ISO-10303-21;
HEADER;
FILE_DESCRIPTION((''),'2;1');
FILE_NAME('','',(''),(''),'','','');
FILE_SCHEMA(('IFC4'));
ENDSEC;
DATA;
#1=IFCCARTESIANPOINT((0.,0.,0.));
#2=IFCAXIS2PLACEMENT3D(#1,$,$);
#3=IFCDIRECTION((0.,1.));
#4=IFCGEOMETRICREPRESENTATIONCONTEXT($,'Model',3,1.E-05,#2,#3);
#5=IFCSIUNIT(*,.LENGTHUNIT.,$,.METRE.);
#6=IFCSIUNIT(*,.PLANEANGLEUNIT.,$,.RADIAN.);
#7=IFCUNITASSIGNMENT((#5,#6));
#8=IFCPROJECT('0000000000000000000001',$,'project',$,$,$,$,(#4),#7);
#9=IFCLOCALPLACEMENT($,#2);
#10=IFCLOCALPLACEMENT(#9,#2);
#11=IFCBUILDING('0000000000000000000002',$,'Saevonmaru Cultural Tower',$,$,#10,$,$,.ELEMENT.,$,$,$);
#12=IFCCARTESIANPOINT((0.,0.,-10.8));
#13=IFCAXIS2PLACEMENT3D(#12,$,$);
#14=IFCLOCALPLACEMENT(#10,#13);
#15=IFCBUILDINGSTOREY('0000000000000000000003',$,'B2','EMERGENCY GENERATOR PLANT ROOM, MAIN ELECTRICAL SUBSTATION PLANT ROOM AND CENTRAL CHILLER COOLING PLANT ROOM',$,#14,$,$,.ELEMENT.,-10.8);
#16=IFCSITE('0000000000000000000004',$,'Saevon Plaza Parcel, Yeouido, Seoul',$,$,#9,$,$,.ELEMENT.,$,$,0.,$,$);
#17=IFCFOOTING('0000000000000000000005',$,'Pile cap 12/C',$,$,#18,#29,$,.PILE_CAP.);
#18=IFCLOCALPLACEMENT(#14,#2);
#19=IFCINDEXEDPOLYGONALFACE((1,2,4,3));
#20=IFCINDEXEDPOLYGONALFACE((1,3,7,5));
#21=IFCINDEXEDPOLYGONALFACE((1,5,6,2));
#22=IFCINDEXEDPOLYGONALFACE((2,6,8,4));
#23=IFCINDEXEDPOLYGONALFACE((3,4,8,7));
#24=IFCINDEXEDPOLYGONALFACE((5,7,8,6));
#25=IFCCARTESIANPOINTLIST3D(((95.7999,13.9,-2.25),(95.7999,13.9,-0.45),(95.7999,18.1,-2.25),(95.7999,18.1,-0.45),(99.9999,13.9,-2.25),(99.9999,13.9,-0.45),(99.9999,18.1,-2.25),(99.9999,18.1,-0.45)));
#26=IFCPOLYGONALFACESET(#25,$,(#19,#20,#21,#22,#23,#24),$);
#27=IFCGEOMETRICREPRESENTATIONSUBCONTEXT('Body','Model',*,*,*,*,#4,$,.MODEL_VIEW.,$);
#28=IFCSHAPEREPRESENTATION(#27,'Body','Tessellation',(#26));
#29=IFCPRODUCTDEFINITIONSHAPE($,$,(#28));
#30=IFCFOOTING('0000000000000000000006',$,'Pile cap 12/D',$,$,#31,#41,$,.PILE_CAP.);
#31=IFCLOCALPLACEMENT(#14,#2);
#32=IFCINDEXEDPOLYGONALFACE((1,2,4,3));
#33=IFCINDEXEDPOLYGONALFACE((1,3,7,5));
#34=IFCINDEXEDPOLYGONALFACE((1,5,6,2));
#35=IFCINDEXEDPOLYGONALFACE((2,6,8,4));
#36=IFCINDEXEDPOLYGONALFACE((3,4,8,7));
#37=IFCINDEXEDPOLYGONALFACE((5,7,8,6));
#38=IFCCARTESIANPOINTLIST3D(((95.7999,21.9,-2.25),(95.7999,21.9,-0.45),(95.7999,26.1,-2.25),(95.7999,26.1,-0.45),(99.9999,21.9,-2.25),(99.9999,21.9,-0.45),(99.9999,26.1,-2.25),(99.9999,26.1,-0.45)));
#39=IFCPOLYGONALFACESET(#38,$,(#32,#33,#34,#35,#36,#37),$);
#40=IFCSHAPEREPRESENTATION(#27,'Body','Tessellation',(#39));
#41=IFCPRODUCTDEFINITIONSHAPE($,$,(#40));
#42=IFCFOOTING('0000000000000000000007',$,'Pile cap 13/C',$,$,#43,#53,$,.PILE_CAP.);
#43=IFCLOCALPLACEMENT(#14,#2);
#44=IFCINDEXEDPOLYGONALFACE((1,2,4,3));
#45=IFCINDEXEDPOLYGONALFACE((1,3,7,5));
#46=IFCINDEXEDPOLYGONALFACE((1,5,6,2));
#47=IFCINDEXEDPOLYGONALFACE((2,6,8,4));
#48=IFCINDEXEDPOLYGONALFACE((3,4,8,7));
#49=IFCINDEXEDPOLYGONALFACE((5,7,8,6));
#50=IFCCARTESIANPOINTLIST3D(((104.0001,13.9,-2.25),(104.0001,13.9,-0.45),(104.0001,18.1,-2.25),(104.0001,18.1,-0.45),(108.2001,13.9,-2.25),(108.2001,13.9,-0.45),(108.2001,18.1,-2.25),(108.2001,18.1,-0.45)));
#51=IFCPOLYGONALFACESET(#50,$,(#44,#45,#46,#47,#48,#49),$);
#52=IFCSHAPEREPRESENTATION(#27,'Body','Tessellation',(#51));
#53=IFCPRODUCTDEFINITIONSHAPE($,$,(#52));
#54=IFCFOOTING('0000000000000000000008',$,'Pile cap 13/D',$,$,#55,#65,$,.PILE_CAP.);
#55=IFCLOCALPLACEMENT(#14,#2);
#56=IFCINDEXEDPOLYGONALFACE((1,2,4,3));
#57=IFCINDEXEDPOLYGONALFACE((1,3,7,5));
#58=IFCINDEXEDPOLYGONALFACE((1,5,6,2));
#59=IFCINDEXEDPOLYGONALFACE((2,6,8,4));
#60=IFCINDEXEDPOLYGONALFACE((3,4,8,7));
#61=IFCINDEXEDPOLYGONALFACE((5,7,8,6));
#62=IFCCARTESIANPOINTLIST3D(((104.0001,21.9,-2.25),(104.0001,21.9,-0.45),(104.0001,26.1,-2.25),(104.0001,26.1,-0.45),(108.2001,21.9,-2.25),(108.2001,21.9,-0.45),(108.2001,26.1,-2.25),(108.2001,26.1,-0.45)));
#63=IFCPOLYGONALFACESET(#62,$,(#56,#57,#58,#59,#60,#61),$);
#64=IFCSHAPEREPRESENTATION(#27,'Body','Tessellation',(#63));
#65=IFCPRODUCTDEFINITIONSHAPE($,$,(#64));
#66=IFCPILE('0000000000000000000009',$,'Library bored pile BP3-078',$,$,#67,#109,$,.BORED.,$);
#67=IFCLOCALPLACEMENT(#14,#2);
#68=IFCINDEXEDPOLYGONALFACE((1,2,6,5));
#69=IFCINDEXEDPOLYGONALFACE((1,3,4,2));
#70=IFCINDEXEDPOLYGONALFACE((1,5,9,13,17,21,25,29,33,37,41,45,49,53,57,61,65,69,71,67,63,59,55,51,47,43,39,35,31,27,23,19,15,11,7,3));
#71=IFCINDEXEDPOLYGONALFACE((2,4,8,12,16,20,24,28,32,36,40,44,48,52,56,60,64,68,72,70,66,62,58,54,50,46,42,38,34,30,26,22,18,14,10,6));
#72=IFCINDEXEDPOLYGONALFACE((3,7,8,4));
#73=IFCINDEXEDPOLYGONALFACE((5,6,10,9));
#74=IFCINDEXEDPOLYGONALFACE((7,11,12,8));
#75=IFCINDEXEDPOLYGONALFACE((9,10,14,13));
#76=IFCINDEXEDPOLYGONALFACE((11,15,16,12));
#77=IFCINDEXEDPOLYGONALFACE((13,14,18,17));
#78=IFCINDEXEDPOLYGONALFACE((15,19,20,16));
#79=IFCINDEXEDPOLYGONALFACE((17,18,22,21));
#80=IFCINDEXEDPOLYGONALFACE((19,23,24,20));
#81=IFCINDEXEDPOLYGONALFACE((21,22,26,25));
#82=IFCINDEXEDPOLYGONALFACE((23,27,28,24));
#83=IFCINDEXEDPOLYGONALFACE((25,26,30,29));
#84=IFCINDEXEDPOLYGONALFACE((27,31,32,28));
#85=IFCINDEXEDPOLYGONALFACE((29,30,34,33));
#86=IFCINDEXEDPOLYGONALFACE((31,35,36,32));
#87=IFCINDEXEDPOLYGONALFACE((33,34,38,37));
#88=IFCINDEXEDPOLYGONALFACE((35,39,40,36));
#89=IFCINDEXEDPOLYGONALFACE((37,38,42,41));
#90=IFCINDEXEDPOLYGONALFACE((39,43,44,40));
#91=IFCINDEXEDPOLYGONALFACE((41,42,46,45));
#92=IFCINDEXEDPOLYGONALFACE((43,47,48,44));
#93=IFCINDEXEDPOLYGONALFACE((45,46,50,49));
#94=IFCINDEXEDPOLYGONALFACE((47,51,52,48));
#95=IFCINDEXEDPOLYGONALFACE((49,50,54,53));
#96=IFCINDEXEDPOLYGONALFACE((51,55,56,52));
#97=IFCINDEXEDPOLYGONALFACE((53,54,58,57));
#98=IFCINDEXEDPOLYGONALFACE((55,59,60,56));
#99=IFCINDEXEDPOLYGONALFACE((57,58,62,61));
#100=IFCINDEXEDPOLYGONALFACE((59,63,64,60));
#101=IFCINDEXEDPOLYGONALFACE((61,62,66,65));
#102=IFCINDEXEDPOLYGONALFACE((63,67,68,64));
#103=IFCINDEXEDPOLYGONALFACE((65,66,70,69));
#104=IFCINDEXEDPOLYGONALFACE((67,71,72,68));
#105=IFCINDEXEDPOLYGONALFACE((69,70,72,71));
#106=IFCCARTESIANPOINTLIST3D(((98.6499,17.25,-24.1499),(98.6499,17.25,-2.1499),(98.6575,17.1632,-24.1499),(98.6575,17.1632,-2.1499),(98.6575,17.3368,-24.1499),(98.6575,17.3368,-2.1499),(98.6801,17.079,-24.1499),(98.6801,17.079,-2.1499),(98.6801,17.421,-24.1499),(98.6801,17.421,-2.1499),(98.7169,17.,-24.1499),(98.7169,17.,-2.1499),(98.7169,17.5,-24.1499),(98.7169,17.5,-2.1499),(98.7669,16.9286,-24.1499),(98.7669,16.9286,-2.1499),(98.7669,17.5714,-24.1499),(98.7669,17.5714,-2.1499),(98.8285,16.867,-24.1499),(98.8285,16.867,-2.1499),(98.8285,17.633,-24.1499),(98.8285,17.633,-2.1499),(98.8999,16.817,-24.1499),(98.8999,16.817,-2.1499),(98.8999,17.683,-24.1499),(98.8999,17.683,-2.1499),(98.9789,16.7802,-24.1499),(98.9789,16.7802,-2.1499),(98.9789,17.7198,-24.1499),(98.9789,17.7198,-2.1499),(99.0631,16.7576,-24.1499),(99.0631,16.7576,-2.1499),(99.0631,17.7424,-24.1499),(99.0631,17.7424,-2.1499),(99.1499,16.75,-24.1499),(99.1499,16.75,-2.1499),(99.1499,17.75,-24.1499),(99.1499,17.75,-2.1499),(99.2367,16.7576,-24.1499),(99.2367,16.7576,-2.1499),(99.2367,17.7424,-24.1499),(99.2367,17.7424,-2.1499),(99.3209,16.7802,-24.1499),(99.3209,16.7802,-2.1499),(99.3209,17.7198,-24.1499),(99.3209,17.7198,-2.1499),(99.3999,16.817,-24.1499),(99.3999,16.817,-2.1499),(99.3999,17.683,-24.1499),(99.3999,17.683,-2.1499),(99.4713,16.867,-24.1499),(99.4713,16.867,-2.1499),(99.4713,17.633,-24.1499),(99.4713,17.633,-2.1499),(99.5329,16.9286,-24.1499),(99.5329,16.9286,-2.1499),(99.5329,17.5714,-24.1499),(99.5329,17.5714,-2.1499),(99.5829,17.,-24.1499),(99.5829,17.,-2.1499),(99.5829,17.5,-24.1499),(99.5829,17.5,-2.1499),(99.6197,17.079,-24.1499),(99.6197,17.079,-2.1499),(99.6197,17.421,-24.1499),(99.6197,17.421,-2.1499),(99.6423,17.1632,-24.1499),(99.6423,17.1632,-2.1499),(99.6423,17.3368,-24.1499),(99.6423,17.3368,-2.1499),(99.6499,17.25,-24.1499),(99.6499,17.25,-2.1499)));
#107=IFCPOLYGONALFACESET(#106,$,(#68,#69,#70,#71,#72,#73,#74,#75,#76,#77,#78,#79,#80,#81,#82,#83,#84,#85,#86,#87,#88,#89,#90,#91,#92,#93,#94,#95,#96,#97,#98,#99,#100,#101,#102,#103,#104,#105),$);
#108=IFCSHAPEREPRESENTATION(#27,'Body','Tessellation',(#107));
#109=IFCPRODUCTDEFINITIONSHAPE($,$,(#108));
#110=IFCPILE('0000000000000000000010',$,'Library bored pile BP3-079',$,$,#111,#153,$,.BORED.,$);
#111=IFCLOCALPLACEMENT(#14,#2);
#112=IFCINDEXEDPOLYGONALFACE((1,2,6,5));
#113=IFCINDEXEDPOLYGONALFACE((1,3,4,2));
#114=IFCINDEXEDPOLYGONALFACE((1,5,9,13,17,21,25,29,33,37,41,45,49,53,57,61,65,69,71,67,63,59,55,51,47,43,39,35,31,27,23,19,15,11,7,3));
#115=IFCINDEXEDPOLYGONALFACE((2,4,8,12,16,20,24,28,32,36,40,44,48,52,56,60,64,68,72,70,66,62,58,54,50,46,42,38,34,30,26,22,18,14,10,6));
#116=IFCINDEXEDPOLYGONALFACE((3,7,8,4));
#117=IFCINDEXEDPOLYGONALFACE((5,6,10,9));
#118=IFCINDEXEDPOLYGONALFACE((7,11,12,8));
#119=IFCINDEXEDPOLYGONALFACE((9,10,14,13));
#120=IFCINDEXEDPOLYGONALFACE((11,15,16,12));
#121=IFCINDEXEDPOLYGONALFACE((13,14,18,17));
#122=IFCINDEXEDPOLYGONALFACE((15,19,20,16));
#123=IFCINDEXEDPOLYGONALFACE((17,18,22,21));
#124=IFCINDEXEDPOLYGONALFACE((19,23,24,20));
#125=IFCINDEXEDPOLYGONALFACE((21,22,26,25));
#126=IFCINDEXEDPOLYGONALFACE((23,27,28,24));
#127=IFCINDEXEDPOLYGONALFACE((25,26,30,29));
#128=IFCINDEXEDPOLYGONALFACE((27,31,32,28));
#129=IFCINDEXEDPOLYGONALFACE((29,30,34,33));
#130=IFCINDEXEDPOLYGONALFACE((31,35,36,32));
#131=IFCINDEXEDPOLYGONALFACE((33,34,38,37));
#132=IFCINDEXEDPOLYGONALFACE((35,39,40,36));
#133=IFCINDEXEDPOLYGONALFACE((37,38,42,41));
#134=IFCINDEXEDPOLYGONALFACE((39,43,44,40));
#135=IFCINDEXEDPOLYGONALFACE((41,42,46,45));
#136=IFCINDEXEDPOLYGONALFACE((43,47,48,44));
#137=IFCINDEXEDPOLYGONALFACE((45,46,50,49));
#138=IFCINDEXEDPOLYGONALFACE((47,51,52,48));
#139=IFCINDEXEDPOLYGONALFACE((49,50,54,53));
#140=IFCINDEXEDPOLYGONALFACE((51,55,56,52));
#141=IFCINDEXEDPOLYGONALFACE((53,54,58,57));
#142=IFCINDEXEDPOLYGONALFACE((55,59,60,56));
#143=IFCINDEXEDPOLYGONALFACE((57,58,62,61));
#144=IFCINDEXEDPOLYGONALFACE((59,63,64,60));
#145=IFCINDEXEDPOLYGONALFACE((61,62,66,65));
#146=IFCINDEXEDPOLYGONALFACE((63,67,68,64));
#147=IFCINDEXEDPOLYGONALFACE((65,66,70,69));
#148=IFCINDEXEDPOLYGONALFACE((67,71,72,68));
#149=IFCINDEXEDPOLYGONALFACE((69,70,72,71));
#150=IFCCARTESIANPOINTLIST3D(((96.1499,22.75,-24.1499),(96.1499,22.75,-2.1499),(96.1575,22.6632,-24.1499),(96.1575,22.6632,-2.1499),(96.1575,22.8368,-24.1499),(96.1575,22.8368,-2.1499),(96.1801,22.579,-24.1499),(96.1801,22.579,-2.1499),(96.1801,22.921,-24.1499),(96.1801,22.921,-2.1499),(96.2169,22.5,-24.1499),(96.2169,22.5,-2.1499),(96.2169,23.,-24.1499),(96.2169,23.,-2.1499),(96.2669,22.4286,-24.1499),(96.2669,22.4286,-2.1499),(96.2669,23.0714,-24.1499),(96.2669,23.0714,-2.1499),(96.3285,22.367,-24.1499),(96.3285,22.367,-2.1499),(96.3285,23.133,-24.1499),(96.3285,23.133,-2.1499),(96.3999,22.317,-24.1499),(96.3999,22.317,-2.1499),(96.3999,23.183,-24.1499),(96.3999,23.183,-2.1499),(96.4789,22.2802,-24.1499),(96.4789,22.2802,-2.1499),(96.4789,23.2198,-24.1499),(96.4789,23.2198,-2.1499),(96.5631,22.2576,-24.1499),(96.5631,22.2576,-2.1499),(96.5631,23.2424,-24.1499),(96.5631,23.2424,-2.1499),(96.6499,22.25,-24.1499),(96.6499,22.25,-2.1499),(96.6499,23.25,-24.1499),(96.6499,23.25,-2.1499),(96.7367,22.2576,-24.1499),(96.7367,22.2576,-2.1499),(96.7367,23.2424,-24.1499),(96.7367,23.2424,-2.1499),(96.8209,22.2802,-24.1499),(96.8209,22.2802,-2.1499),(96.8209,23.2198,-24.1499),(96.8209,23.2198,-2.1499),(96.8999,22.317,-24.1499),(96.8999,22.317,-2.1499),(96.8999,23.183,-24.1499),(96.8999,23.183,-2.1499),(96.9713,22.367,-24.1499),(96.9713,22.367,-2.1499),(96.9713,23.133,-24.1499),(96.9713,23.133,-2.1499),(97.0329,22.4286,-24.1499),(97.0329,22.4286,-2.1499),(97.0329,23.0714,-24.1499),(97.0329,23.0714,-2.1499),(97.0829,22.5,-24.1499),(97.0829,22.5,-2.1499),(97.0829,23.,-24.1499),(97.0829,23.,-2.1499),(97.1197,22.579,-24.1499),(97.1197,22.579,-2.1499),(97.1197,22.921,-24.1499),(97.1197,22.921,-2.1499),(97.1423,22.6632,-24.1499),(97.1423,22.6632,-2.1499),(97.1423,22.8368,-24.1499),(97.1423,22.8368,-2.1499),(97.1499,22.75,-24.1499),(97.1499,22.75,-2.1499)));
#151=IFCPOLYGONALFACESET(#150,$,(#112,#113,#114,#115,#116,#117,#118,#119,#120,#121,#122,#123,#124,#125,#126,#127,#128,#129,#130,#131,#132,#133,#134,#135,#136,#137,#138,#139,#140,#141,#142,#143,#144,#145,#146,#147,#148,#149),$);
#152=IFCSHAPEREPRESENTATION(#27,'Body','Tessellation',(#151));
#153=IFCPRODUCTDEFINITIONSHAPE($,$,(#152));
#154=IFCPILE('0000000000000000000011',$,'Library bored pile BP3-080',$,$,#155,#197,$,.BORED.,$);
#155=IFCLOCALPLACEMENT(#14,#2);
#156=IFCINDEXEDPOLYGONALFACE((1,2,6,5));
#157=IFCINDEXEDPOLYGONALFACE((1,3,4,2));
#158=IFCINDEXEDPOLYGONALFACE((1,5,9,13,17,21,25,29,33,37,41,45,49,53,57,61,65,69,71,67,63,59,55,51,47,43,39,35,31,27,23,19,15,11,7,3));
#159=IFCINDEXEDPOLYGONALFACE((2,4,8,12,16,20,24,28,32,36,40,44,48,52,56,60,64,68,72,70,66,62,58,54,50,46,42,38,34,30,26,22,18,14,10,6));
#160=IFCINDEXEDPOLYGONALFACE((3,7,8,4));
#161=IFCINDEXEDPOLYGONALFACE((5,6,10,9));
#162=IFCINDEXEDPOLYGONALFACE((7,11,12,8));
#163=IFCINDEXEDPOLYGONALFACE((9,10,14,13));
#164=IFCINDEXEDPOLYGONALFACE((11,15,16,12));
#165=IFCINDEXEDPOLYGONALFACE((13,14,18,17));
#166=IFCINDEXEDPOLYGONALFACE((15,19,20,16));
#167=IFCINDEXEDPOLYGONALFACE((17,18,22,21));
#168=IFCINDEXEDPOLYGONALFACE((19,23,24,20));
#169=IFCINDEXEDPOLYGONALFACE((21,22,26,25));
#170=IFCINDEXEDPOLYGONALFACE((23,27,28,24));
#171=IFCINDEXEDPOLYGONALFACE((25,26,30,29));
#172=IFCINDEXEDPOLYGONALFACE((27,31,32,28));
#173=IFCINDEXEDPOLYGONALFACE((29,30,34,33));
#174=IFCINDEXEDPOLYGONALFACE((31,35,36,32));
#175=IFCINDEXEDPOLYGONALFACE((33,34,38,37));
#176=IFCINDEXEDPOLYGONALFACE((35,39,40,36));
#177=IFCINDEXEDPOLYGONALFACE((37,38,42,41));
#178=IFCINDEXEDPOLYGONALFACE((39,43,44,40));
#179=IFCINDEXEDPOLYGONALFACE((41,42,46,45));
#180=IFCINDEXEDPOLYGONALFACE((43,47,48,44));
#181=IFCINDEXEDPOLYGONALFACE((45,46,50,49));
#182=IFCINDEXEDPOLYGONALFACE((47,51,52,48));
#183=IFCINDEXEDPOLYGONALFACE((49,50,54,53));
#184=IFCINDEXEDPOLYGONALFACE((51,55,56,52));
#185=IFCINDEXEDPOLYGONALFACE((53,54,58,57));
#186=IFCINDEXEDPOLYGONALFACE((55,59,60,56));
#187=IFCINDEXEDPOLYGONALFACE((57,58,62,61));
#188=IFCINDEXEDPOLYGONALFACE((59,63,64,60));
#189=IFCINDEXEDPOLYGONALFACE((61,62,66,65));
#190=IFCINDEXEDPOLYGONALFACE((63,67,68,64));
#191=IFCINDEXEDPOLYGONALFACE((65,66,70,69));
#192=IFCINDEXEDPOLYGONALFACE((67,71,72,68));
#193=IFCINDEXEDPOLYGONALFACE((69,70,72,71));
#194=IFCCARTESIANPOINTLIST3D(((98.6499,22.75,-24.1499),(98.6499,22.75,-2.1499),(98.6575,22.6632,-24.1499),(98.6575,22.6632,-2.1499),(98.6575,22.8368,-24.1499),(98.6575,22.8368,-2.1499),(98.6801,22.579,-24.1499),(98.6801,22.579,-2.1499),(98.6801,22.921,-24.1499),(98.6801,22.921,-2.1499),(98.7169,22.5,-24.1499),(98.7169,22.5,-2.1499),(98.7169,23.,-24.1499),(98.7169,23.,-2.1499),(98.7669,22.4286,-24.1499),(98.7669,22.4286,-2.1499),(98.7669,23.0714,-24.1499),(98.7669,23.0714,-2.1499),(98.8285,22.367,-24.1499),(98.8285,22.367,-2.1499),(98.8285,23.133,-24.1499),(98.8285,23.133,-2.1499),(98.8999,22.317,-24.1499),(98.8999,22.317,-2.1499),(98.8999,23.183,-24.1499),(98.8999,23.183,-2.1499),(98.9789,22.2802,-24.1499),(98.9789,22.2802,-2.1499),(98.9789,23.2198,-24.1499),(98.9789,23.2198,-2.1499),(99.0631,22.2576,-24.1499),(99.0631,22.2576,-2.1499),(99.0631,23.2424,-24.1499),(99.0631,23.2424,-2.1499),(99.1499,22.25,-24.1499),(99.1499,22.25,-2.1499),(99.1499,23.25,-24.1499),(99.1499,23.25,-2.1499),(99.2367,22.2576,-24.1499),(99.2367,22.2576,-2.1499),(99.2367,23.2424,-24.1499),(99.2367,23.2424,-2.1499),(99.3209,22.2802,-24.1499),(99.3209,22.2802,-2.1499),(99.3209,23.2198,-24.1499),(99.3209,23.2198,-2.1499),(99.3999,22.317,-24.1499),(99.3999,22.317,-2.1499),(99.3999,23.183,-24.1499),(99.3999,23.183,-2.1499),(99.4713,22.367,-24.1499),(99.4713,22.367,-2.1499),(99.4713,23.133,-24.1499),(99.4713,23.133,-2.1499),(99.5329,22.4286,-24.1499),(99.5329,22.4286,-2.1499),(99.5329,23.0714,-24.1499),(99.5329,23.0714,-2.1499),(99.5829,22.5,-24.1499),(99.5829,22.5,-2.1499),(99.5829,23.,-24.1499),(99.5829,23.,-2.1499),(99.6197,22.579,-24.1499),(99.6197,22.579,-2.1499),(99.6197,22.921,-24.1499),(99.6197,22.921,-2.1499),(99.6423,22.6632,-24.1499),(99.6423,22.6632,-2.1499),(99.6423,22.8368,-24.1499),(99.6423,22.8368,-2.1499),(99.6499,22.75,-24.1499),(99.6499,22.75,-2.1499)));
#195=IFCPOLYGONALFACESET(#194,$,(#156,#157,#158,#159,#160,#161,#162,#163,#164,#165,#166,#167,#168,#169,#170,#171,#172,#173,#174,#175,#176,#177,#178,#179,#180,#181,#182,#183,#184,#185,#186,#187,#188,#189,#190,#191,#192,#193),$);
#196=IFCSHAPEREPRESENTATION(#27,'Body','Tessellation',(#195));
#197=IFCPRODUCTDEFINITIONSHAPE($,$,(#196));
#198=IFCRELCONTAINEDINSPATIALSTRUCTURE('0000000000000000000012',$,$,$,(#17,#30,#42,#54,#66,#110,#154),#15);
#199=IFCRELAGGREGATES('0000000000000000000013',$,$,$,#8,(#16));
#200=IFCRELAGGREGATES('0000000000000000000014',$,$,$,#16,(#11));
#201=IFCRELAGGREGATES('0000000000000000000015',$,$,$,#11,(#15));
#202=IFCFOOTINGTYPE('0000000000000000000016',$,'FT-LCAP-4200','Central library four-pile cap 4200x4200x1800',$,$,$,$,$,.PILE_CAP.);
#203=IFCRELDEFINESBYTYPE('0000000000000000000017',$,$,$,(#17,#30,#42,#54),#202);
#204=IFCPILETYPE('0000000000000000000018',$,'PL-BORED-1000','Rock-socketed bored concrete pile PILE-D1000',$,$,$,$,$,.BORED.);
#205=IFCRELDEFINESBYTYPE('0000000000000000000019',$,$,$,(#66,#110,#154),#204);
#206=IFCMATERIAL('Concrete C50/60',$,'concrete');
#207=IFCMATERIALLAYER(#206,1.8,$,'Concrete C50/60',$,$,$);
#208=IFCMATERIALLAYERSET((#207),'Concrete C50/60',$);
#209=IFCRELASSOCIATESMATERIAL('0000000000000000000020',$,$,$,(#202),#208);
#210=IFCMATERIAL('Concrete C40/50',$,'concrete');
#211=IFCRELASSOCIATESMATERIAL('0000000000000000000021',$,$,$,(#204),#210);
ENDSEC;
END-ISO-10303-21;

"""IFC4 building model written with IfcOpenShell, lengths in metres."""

from ifc_helpers import new_model, si_unit, direction, frame, origin, origin_2d, place, context, subcontext, project, spatial, rectangle, circle, extrude, material, layer, layer_set, material_profile, profile_set, type_object, element, save


model = new_model("IFC4")

# Units and contexts
model_context = context("Model", 3, precision=1e-05, world=origin(), true_north=direction((0.0, 1.0)))
body_context = subcontext(model_context, "Body", "Model", "MODEL_VIEW")
ifc_project = project(units=[si_unit("LENGTHUNIT", "METRE"), si_unit("PLANEANGLEUNIT", "RADIAN")], contexts=[model_context])

# Site, building, storey
site_placement = place(None, origin())
site = spatial("IfcSite", under=ifc_project, at=site_placement, Name="Saevon Plaza Parcel, Yeouido, Seoul", CompositionType="ELEMENT", RefElevation=0.0)
building_placement = place(site_placement, origin())
building = spatial("IfcBuilding", under=site, at=building_placement, Name="Saevonmaru Cultural Tower", CompositionType="ELEMENT")
storey_placement = place(building_placement, frame((0.0, 0.0, -10.8)))
storey = spatial("IfcBuildingStorey", under=building, at=storey_placement, Name="B2", Description="EMERGENCY GENERATOR PLANT ROOM, MAIN ELECTRICAL SUBSTATION PLANT ROOM AND CENTRAL CHILLER COOLING PLANT ROOM", CompositionType="ELEMENT", Elevation=-10.8)

# Footings
ifc_material_1 = material(Name="Concrete C50/60", Category="concrete")
ifc_layer = layer(ifc_material_1, 1.8, Name="Concrete C50/60")
ifc_layer_set = layer_set([ifc_layer], Name="Concrete C50/60")
footing_type = type_object("IfcFootingType", Name="FT-LCAP-4200", Description="Central library four-pile cap 4200x4200x1800", PredefinedType="PILE_CAP", material=ifc_layer_set)
for number, where, z_axis, x_axis, name in (
    (1, (97.8999, 16.0, -2.25), (0.0, 0.0, 1.0), (1.0, 0.0, 0.0), "Pile cap 12/C"),
    (2, (97.8999, 24.0, -2.25), (0.0, 0.0, 1.0), (1.0, 0.0, 0.0), "Pile cap 12/D"),
    (3, (106.1001, 16.0, -2.25), (0.0, 0.0, 1.0), (1.0, 0.0, 0.0), "Pile cap 13/C"),
    (4, (106.1001, 24.0, -2.25), (0.0, 0.0, 1.0), (1.0, 0.0, 0.0), "Pile cap 13/D"),
):
    element("IfcFooting", number, at=place(storey_placement, frame(where, z_axis=z_axis, x_axis=x_axis)), inside=storey, type_object=footing_type, Name=name, PredefinedType="PILE_CAP", context=body_context, shape_type="SweptSolid", body=[
        extrude(rectangle(XDim=4.2, YDim=4.2, at=origin_2d()), origin(), (0.0, 0.0, 1.0), 1.8),
    ])

# Piles
ifc_material_2 = material(Name="Concrete C40/50", Category="concrete")
ifc_material_profile_1 = material_profile(ifc_material_2, circle(Radius=0.5, at=origin_2d()), Name="PILE-D1000")
ifc_profile_set_1 = profile_set([ifc_material_profile_1], Name="Concrete C40/50")
pile_type = type_object("IfcPileType", Name="PL-BORED-1000", Description="Rock-socketed bored concrete pile PILE-D1000", PredefinedType="BORED", material=ifc_profile_set_1)
for number, where, z_axis, x_axis, name in (
    (5, (99.1499, 17.25, -2.1499), (0.0, 0.0, -1.0), (1.0, 0.0, 0.0), "Library bored pile BP3-078"),
    (6, (96.6499, 22.75, -2.1499), (0.0, 0.0, -1.0), (1.0, 0.0, 0.0), "Library bored pile BP3-079"),
    (7, (99.1499, 22.75, -2.1499), (0.0, 0.0, -1.0), (1.0, 0.0, 0.0), "Library bored pile BP3-080"),
):
    element("IfcPile", number, at=place(storey_placement, frame(where, z_axis=z_axis, x_axis=x_axis)), inside=storey, type_object=pile_type, Name=name, PredefinedType="BORED", context=body_context, shape_type="SweptSolid", body=[
        extrude(circle(Radius=0.5, at=origin_2d()), origin(), (0.0, 0.0, 1.0), 22.0),
    ])

save(model, "model.ifc")
